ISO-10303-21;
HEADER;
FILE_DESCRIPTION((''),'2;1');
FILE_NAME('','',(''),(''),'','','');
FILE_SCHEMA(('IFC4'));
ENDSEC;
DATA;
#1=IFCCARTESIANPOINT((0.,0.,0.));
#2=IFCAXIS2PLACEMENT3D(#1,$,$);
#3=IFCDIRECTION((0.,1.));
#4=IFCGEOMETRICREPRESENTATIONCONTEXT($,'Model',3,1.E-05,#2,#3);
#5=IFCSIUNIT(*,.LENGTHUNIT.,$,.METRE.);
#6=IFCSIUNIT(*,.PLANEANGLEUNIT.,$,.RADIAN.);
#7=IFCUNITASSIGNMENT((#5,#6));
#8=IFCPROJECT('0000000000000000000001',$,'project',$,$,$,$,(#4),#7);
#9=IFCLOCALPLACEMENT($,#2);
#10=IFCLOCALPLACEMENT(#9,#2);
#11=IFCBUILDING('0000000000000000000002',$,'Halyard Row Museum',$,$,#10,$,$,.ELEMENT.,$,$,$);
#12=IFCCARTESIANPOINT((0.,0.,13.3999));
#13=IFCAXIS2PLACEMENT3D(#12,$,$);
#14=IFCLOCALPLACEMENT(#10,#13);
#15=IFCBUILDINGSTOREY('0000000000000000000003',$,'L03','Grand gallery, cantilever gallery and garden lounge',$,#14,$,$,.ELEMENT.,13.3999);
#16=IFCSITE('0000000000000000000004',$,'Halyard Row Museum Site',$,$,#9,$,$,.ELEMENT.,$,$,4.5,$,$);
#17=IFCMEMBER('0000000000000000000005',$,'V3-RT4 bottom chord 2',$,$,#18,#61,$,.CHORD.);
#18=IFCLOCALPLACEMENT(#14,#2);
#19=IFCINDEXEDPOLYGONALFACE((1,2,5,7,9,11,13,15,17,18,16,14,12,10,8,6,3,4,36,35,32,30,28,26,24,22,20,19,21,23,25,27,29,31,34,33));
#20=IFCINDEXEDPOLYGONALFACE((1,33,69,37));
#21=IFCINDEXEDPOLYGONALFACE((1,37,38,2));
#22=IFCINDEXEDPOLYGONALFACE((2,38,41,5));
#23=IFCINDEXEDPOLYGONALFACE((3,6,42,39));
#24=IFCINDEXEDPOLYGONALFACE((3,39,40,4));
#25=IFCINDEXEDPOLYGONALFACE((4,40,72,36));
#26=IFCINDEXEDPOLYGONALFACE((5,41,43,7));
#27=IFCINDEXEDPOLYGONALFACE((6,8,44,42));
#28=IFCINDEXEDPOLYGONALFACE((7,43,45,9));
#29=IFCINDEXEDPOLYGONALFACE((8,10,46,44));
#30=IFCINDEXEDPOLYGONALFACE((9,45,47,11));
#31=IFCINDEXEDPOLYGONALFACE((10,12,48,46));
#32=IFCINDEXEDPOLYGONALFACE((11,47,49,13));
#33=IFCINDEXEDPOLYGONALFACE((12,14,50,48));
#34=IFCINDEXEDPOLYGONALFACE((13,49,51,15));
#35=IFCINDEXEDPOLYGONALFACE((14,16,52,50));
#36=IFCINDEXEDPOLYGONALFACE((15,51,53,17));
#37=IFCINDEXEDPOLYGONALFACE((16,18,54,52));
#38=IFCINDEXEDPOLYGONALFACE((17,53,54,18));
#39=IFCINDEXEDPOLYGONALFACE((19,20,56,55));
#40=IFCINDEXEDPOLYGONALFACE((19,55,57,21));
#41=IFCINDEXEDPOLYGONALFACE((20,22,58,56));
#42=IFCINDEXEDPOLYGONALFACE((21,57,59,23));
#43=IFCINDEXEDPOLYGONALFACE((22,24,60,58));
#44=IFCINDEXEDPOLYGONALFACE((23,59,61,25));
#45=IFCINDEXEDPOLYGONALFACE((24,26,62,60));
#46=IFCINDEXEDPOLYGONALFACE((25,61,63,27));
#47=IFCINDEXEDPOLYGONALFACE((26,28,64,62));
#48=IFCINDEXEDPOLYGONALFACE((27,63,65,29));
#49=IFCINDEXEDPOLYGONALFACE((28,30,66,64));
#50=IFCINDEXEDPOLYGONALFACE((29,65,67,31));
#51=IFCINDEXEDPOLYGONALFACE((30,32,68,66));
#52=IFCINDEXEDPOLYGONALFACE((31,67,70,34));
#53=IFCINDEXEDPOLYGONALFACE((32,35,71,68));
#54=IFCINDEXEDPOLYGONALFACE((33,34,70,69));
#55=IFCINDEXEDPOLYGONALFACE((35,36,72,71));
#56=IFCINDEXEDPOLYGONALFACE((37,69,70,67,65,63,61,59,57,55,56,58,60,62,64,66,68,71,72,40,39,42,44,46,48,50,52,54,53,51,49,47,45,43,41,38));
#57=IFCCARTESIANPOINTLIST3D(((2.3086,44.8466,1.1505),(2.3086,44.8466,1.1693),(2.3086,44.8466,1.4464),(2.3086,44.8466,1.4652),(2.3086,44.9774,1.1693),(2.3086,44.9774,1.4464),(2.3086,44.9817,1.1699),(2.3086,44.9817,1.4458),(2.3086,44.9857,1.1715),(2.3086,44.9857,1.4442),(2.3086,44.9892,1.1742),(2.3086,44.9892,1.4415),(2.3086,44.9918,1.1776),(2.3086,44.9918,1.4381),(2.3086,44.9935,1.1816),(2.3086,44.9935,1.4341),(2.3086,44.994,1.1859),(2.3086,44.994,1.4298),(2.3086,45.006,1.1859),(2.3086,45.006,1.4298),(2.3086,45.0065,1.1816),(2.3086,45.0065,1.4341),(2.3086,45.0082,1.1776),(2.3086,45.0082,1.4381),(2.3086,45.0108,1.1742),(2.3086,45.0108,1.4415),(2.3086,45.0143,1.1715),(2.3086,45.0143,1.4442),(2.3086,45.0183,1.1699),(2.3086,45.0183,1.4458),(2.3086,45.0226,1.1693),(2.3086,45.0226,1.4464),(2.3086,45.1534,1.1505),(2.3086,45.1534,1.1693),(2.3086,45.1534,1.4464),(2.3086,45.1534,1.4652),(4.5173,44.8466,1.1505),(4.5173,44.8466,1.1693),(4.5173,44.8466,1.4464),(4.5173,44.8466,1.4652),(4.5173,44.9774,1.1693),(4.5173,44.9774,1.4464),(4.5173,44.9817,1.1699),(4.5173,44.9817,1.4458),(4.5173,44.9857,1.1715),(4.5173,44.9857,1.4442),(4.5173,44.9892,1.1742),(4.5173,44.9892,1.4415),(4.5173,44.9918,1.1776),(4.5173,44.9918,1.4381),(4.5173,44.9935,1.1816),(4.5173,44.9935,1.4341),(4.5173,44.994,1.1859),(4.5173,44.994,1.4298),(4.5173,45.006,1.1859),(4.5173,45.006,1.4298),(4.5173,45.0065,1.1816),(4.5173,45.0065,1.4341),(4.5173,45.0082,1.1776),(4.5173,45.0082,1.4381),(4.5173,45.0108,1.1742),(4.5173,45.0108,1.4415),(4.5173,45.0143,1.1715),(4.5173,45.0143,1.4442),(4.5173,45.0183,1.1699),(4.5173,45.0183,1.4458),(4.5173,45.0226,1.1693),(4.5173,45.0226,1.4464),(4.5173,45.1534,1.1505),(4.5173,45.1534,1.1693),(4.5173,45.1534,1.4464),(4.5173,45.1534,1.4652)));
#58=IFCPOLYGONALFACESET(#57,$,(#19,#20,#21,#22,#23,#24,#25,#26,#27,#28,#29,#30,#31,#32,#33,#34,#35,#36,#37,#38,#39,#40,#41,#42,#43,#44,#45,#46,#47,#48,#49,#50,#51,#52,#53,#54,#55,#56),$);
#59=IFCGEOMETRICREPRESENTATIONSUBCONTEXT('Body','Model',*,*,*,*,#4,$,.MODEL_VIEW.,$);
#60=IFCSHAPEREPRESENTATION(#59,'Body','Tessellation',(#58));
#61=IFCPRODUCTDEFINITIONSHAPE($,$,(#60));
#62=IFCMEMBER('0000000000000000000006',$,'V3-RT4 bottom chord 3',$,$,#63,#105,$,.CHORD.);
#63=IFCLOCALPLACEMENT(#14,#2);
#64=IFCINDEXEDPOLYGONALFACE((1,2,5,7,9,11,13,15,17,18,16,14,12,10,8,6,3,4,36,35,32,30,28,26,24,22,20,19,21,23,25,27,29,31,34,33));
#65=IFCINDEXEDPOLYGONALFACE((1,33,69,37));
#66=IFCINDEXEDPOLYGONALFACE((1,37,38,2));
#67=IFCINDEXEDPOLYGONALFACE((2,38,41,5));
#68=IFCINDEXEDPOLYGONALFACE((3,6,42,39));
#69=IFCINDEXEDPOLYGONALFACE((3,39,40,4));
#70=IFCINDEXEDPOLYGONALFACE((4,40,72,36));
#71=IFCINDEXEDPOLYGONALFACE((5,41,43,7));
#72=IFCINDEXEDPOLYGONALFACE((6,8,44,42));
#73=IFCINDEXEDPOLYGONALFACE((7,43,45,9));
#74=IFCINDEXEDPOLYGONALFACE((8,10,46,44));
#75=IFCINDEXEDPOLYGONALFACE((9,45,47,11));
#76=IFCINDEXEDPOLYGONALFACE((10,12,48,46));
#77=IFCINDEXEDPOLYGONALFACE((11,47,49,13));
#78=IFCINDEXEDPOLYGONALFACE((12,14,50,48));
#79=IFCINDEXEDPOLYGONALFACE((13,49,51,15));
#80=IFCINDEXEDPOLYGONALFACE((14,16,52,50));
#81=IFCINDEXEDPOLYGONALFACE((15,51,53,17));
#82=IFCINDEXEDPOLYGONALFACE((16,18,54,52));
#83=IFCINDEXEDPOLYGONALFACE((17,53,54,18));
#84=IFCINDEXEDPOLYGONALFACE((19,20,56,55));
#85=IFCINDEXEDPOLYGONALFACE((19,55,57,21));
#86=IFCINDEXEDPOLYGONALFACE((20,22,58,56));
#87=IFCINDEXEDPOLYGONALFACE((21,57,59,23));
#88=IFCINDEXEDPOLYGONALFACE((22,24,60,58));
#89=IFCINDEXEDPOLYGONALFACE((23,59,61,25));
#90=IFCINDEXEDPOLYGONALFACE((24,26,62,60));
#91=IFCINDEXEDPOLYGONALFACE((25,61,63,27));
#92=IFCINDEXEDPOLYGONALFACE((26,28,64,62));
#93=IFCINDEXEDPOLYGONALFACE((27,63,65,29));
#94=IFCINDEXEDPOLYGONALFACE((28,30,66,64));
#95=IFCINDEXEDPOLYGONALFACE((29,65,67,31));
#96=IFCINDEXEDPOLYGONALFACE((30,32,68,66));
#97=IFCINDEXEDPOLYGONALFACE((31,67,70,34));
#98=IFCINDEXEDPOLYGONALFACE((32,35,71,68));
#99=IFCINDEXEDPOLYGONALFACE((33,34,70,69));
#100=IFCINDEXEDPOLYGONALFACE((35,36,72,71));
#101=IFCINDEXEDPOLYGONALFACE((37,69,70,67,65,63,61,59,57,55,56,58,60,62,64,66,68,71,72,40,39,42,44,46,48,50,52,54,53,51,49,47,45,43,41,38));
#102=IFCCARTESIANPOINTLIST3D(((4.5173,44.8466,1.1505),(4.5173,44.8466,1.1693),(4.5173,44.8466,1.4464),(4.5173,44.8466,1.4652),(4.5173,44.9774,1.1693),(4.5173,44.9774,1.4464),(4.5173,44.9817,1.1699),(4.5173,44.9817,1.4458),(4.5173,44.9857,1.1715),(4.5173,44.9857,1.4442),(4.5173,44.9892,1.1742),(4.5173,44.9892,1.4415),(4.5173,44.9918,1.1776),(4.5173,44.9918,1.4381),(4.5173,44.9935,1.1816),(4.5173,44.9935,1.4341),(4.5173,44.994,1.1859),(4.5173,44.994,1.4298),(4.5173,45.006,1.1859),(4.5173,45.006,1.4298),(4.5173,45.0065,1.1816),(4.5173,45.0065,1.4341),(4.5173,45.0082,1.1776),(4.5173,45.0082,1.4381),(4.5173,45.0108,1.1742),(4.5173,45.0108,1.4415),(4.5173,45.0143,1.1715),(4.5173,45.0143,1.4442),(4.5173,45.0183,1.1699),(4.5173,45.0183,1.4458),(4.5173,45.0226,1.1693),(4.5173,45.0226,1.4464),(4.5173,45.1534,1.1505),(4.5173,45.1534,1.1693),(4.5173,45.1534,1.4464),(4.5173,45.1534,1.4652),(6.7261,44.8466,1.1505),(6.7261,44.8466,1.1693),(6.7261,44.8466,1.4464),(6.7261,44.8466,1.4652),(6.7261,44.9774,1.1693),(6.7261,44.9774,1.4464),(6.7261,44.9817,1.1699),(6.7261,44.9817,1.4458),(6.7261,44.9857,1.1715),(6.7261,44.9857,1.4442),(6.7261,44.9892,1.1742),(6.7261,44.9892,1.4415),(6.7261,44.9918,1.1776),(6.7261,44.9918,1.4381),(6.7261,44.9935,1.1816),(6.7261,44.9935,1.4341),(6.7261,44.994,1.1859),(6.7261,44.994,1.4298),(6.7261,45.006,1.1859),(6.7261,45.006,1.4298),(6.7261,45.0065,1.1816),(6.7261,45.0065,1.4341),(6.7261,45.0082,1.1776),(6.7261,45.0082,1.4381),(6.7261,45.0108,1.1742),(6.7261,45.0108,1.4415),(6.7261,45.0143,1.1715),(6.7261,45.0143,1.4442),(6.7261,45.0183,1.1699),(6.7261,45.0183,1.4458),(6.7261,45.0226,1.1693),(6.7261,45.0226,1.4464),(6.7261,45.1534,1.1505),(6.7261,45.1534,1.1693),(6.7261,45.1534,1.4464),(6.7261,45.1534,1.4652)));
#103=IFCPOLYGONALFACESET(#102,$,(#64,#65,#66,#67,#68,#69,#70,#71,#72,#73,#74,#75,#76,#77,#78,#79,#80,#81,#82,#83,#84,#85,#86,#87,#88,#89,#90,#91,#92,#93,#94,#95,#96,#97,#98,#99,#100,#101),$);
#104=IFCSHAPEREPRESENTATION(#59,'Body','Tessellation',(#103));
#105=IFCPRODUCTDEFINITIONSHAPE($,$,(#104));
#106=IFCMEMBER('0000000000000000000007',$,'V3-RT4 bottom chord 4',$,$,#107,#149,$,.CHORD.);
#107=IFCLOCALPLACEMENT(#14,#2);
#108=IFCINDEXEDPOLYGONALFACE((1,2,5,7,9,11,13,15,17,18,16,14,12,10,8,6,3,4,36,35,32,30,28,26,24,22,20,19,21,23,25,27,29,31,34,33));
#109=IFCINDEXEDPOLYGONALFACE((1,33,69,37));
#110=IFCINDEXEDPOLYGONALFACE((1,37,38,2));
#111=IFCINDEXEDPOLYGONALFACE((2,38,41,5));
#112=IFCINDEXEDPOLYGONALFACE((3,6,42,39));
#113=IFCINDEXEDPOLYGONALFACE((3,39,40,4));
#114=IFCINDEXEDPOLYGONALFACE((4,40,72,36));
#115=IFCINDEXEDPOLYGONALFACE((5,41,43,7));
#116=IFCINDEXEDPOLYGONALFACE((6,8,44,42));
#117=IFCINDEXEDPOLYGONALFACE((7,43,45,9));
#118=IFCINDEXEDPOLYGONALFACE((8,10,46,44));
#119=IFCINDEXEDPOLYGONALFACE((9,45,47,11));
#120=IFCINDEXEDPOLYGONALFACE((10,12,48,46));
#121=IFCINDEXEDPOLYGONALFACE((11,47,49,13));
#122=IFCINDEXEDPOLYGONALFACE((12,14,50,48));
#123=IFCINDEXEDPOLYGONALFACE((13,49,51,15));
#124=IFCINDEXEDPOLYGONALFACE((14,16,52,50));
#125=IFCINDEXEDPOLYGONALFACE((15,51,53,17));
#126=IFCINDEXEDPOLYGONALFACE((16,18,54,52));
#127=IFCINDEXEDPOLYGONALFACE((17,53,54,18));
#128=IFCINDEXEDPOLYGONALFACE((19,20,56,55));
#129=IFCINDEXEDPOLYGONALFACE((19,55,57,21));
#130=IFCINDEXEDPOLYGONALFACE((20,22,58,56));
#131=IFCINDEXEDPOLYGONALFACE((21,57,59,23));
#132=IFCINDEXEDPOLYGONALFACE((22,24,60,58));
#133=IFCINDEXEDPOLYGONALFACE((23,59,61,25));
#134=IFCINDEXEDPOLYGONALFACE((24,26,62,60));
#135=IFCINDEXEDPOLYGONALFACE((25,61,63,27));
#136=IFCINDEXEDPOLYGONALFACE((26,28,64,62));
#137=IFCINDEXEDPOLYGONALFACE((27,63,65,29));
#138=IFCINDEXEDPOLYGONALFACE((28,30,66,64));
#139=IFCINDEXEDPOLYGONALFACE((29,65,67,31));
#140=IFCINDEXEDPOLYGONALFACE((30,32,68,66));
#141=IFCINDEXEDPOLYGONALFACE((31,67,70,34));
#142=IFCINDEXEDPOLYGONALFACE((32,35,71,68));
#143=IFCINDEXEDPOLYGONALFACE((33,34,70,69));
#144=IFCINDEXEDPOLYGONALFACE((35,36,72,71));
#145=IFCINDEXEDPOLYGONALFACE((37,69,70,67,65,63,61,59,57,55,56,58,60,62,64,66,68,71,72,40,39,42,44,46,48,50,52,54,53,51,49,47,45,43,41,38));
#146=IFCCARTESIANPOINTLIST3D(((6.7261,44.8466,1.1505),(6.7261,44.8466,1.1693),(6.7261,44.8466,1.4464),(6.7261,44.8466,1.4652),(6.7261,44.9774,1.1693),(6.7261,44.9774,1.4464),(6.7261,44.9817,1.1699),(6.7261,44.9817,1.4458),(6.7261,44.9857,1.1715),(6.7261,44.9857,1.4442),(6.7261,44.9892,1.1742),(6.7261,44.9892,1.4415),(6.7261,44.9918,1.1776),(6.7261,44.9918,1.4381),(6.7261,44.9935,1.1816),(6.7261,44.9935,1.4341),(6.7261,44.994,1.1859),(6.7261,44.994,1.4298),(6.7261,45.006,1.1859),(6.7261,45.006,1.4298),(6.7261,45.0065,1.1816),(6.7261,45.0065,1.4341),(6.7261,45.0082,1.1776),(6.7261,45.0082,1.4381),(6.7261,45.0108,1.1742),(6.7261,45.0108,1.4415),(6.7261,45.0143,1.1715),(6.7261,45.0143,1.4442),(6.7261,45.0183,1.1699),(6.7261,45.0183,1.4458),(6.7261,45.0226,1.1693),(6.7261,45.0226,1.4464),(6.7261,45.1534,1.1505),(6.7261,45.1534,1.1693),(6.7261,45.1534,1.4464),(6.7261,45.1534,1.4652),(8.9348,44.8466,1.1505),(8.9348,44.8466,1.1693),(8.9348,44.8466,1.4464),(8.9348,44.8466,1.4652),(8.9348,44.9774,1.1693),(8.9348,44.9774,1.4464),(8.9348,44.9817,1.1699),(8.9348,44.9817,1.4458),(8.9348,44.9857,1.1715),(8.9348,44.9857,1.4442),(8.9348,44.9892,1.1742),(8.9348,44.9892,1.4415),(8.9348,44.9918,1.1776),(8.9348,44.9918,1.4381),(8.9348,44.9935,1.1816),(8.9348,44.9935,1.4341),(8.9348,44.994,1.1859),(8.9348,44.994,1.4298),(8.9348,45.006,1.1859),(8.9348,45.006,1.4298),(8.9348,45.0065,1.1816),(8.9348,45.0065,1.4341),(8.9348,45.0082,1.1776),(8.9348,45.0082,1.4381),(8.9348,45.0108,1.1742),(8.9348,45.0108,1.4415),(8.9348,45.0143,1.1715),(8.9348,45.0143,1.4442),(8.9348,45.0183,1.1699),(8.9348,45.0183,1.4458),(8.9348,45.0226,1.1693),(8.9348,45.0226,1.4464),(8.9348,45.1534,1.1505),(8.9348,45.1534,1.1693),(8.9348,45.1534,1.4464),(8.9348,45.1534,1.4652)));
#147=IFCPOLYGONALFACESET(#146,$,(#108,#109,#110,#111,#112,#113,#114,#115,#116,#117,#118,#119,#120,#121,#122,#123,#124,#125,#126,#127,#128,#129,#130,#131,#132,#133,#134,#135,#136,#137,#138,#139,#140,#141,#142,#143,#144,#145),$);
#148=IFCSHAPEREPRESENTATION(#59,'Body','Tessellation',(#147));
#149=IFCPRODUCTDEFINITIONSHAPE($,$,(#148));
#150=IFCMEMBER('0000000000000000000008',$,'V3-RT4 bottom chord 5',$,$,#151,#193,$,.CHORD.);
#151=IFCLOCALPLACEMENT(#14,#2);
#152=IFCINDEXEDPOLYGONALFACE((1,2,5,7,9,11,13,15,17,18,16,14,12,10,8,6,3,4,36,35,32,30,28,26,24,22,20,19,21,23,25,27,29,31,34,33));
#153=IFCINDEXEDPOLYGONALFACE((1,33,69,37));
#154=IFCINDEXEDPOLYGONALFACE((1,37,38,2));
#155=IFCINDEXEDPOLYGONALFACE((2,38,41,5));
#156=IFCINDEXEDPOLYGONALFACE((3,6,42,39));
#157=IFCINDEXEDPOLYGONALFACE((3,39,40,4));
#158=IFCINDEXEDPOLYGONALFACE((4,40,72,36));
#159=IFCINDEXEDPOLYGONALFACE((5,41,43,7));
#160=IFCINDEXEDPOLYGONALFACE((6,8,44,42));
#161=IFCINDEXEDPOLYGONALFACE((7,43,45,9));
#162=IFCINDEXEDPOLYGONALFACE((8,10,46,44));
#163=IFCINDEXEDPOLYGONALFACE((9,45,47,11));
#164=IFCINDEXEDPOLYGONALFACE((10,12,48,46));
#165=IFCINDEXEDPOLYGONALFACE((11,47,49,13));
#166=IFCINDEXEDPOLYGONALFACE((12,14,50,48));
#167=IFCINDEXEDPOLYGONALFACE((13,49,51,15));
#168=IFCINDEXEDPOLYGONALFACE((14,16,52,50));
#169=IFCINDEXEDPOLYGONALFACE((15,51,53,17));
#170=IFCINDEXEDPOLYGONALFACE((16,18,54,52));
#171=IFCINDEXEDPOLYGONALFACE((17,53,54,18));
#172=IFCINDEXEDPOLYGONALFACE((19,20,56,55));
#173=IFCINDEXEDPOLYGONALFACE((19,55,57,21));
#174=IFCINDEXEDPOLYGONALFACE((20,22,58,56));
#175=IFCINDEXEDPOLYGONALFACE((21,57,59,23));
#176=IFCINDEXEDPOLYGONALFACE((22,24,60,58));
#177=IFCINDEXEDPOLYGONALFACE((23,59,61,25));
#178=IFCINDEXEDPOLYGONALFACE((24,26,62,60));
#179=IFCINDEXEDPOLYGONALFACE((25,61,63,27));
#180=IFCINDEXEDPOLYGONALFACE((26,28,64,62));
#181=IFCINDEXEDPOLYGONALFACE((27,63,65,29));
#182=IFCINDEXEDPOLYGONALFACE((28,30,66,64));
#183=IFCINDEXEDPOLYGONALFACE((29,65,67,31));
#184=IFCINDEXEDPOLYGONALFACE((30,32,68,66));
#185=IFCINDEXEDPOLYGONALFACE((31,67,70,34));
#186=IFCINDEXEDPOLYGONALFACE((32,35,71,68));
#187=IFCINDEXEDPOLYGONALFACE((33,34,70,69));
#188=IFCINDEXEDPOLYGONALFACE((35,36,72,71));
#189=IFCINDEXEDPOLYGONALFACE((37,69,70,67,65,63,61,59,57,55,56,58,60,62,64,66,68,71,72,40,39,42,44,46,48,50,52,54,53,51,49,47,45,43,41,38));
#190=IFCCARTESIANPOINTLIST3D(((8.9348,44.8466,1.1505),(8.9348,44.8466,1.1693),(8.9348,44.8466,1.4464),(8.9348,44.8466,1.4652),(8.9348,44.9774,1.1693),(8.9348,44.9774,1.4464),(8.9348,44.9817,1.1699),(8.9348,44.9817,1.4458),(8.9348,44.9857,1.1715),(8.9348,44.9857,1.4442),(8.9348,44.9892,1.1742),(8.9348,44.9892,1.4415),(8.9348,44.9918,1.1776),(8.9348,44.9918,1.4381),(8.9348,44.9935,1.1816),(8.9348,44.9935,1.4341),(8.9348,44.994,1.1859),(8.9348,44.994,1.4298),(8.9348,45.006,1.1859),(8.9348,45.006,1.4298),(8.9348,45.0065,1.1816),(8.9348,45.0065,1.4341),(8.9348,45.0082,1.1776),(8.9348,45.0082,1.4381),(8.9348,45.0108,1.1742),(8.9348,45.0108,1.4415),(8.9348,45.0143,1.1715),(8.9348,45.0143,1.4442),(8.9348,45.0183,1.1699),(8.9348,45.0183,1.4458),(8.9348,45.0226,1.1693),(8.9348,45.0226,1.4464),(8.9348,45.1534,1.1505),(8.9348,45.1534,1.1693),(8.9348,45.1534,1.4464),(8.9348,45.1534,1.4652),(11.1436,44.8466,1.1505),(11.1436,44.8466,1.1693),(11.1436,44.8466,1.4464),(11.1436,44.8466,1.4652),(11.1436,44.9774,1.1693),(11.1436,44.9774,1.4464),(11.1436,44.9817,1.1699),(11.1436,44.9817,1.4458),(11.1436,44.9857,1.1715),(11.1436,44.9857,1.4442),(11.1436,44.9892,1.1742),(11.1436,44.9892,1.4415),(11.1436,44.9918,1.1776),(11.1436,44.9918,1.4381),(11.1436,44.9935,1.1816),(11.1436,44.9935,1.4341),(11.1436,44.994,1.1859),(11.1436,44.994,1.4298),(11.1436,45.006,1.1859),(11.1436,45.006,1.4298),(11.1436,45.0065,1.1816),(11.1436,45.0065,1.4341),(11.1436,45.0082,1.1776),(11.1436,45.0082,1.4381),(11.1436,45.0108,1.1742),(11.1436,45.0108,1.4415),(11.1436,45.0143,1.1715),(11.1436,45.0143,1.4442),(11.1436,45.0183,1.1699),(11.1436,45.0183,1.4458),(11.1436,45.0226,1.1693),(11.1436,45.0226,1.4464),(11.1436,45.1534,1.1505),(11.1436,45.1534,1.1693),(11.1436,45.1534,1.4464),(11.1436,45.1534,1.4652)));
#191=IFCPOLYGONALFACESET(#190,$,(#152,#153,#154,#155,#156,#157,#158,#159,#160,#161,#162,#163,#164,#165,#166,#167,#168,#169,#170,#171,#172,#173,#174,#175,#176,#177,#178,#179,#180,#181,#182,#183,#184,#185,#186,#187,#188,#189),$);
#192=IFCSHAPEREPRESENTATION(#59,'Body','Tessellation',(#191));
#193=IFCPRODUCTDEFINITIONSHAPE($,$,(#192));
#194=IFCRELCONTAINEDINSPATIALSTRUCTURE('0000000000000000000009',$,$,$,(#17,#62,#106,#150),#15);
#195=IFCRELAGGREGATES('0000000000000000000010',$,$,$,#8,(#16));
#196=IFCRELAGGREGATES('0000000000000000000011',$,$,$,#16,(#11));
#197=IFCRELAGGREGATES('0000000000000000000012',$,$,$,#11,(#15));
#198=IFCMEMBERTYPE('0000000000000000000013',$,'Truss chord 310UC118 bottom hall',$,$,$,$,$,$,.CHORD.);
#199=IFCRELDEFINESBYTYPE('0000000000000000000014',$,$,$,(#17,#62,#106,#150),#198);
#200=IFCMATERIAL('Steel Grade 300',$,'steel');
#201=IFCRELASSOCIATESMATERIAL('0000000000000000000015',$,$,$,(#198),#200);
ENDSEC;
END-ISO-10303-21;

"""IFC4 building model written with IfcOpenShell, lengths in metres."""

from ifc_helpers import new_model, si_unit, direction, frame, origin, origin_2d, place, context, subcontext, project, spatial, i_section, extrude, material, material_profile, profile_set, type_object, element, save


model = new_model("IFC4")

# Units and contexts
model_context = context("Model", 3, precision=1e-05, world=origin(), true_north=direction((0.0, 1.0)))
body_context = subcontext(model_context, "Body", "Model", "MODEL_VIEW")
ifc_project = project(units=[si_unit("LENGTHUNIT", "METRE"), si_unit("PLANEANGLEUNIT", "RADIAN")], contexts=[model_context])

# Site, building, storey
site_placement = place(None, origin())
site = spatial("IfcSite", under=ifc_project, at=site_placement, Name="Halyard Row Museum Site", CompositionType="ELEMENT", RefElevation=4.5)
building_placement = place(site_placement, origin())
building = spatial("IfcBuilding", under=site, at=building_placement, Name="Halyard Row Museum", CompositionType="ELEMENT")
storey_placement = place(building_placement, frame((0.0, 0.0, 13.3999)))
storey = spatial("IfcBuildingStorey", under=building, at=storey_placement, Name="L03", Description="Grand gallery, cantilever gallery and garden lounge", CompositionType="ELEMENT", Elevation=13.3999)

# Members
ifc_material_1 = material(Name="Steel Grade 300", Category="steel")
ifc_material_profile_1 = material_profile(ifc_material_1, i_section(OverallWidth=0.3069, OverallDepth=0.3147, WebThickness=0.012, FlangeThickness=0.0188, FilletRadius=0.0166, at=origin_2d()), Name="310UC118")
ifc_profile_set_1 = profile_set([ifc_material_profile_1], Name="Steel Grade 300")
member_type_1 = type_object("IfcMemberType", Name="Truss chord 310UC118 bottom hall", PredefinedType="CHORD", material=ifc_profile_set_1)
for number, where, z_axis, x_axis, name in (
    (1, (2.3086, 45.0, 1.3079), (1.0, 0.0, 0.0), (0.0, 1.0, 0.0), "V3-RT4 bottom chord 2"),
    (2, (4.5173, 45.0, 1.3079), (1.0, 0.0, 0.0), (0.0, 1.0, 0.0), "V3-RT4 bottom chord 3"),
    (3, (6.7261, 45.0, 1.3079), (1.0, 0.0, 0.0), (0.0, 1.0, 0.0), "V3-RT4 bottom chord 4"),
    (4, (8.9348, 45.0, 1.3079), (1.0, 0.0, 0.0), (0.0, 1.0, 0.0), "V3-RT4 bottom chord 5"),
):
    element("IfcMember", number, at=place(storey_placement, frame(where, z_axis=z_axis, x_axis=x_axis)), inside=storey, type_object=member_type_1, Name=name, PredefinedType="CHORD", context=body_context, shape_type="SweptSolid", body=[
        extrude(i_section(OverallWidth=0.3069, OverallDepth=0.3147, WebThickness=0.012, FlangeThickness=0.0188, FilletRadius=0.0166, at=origin_2d()), origin(), (0.0, 0.0, 1.0), 2.2087),
    ])

save(model, "model.ifc")
